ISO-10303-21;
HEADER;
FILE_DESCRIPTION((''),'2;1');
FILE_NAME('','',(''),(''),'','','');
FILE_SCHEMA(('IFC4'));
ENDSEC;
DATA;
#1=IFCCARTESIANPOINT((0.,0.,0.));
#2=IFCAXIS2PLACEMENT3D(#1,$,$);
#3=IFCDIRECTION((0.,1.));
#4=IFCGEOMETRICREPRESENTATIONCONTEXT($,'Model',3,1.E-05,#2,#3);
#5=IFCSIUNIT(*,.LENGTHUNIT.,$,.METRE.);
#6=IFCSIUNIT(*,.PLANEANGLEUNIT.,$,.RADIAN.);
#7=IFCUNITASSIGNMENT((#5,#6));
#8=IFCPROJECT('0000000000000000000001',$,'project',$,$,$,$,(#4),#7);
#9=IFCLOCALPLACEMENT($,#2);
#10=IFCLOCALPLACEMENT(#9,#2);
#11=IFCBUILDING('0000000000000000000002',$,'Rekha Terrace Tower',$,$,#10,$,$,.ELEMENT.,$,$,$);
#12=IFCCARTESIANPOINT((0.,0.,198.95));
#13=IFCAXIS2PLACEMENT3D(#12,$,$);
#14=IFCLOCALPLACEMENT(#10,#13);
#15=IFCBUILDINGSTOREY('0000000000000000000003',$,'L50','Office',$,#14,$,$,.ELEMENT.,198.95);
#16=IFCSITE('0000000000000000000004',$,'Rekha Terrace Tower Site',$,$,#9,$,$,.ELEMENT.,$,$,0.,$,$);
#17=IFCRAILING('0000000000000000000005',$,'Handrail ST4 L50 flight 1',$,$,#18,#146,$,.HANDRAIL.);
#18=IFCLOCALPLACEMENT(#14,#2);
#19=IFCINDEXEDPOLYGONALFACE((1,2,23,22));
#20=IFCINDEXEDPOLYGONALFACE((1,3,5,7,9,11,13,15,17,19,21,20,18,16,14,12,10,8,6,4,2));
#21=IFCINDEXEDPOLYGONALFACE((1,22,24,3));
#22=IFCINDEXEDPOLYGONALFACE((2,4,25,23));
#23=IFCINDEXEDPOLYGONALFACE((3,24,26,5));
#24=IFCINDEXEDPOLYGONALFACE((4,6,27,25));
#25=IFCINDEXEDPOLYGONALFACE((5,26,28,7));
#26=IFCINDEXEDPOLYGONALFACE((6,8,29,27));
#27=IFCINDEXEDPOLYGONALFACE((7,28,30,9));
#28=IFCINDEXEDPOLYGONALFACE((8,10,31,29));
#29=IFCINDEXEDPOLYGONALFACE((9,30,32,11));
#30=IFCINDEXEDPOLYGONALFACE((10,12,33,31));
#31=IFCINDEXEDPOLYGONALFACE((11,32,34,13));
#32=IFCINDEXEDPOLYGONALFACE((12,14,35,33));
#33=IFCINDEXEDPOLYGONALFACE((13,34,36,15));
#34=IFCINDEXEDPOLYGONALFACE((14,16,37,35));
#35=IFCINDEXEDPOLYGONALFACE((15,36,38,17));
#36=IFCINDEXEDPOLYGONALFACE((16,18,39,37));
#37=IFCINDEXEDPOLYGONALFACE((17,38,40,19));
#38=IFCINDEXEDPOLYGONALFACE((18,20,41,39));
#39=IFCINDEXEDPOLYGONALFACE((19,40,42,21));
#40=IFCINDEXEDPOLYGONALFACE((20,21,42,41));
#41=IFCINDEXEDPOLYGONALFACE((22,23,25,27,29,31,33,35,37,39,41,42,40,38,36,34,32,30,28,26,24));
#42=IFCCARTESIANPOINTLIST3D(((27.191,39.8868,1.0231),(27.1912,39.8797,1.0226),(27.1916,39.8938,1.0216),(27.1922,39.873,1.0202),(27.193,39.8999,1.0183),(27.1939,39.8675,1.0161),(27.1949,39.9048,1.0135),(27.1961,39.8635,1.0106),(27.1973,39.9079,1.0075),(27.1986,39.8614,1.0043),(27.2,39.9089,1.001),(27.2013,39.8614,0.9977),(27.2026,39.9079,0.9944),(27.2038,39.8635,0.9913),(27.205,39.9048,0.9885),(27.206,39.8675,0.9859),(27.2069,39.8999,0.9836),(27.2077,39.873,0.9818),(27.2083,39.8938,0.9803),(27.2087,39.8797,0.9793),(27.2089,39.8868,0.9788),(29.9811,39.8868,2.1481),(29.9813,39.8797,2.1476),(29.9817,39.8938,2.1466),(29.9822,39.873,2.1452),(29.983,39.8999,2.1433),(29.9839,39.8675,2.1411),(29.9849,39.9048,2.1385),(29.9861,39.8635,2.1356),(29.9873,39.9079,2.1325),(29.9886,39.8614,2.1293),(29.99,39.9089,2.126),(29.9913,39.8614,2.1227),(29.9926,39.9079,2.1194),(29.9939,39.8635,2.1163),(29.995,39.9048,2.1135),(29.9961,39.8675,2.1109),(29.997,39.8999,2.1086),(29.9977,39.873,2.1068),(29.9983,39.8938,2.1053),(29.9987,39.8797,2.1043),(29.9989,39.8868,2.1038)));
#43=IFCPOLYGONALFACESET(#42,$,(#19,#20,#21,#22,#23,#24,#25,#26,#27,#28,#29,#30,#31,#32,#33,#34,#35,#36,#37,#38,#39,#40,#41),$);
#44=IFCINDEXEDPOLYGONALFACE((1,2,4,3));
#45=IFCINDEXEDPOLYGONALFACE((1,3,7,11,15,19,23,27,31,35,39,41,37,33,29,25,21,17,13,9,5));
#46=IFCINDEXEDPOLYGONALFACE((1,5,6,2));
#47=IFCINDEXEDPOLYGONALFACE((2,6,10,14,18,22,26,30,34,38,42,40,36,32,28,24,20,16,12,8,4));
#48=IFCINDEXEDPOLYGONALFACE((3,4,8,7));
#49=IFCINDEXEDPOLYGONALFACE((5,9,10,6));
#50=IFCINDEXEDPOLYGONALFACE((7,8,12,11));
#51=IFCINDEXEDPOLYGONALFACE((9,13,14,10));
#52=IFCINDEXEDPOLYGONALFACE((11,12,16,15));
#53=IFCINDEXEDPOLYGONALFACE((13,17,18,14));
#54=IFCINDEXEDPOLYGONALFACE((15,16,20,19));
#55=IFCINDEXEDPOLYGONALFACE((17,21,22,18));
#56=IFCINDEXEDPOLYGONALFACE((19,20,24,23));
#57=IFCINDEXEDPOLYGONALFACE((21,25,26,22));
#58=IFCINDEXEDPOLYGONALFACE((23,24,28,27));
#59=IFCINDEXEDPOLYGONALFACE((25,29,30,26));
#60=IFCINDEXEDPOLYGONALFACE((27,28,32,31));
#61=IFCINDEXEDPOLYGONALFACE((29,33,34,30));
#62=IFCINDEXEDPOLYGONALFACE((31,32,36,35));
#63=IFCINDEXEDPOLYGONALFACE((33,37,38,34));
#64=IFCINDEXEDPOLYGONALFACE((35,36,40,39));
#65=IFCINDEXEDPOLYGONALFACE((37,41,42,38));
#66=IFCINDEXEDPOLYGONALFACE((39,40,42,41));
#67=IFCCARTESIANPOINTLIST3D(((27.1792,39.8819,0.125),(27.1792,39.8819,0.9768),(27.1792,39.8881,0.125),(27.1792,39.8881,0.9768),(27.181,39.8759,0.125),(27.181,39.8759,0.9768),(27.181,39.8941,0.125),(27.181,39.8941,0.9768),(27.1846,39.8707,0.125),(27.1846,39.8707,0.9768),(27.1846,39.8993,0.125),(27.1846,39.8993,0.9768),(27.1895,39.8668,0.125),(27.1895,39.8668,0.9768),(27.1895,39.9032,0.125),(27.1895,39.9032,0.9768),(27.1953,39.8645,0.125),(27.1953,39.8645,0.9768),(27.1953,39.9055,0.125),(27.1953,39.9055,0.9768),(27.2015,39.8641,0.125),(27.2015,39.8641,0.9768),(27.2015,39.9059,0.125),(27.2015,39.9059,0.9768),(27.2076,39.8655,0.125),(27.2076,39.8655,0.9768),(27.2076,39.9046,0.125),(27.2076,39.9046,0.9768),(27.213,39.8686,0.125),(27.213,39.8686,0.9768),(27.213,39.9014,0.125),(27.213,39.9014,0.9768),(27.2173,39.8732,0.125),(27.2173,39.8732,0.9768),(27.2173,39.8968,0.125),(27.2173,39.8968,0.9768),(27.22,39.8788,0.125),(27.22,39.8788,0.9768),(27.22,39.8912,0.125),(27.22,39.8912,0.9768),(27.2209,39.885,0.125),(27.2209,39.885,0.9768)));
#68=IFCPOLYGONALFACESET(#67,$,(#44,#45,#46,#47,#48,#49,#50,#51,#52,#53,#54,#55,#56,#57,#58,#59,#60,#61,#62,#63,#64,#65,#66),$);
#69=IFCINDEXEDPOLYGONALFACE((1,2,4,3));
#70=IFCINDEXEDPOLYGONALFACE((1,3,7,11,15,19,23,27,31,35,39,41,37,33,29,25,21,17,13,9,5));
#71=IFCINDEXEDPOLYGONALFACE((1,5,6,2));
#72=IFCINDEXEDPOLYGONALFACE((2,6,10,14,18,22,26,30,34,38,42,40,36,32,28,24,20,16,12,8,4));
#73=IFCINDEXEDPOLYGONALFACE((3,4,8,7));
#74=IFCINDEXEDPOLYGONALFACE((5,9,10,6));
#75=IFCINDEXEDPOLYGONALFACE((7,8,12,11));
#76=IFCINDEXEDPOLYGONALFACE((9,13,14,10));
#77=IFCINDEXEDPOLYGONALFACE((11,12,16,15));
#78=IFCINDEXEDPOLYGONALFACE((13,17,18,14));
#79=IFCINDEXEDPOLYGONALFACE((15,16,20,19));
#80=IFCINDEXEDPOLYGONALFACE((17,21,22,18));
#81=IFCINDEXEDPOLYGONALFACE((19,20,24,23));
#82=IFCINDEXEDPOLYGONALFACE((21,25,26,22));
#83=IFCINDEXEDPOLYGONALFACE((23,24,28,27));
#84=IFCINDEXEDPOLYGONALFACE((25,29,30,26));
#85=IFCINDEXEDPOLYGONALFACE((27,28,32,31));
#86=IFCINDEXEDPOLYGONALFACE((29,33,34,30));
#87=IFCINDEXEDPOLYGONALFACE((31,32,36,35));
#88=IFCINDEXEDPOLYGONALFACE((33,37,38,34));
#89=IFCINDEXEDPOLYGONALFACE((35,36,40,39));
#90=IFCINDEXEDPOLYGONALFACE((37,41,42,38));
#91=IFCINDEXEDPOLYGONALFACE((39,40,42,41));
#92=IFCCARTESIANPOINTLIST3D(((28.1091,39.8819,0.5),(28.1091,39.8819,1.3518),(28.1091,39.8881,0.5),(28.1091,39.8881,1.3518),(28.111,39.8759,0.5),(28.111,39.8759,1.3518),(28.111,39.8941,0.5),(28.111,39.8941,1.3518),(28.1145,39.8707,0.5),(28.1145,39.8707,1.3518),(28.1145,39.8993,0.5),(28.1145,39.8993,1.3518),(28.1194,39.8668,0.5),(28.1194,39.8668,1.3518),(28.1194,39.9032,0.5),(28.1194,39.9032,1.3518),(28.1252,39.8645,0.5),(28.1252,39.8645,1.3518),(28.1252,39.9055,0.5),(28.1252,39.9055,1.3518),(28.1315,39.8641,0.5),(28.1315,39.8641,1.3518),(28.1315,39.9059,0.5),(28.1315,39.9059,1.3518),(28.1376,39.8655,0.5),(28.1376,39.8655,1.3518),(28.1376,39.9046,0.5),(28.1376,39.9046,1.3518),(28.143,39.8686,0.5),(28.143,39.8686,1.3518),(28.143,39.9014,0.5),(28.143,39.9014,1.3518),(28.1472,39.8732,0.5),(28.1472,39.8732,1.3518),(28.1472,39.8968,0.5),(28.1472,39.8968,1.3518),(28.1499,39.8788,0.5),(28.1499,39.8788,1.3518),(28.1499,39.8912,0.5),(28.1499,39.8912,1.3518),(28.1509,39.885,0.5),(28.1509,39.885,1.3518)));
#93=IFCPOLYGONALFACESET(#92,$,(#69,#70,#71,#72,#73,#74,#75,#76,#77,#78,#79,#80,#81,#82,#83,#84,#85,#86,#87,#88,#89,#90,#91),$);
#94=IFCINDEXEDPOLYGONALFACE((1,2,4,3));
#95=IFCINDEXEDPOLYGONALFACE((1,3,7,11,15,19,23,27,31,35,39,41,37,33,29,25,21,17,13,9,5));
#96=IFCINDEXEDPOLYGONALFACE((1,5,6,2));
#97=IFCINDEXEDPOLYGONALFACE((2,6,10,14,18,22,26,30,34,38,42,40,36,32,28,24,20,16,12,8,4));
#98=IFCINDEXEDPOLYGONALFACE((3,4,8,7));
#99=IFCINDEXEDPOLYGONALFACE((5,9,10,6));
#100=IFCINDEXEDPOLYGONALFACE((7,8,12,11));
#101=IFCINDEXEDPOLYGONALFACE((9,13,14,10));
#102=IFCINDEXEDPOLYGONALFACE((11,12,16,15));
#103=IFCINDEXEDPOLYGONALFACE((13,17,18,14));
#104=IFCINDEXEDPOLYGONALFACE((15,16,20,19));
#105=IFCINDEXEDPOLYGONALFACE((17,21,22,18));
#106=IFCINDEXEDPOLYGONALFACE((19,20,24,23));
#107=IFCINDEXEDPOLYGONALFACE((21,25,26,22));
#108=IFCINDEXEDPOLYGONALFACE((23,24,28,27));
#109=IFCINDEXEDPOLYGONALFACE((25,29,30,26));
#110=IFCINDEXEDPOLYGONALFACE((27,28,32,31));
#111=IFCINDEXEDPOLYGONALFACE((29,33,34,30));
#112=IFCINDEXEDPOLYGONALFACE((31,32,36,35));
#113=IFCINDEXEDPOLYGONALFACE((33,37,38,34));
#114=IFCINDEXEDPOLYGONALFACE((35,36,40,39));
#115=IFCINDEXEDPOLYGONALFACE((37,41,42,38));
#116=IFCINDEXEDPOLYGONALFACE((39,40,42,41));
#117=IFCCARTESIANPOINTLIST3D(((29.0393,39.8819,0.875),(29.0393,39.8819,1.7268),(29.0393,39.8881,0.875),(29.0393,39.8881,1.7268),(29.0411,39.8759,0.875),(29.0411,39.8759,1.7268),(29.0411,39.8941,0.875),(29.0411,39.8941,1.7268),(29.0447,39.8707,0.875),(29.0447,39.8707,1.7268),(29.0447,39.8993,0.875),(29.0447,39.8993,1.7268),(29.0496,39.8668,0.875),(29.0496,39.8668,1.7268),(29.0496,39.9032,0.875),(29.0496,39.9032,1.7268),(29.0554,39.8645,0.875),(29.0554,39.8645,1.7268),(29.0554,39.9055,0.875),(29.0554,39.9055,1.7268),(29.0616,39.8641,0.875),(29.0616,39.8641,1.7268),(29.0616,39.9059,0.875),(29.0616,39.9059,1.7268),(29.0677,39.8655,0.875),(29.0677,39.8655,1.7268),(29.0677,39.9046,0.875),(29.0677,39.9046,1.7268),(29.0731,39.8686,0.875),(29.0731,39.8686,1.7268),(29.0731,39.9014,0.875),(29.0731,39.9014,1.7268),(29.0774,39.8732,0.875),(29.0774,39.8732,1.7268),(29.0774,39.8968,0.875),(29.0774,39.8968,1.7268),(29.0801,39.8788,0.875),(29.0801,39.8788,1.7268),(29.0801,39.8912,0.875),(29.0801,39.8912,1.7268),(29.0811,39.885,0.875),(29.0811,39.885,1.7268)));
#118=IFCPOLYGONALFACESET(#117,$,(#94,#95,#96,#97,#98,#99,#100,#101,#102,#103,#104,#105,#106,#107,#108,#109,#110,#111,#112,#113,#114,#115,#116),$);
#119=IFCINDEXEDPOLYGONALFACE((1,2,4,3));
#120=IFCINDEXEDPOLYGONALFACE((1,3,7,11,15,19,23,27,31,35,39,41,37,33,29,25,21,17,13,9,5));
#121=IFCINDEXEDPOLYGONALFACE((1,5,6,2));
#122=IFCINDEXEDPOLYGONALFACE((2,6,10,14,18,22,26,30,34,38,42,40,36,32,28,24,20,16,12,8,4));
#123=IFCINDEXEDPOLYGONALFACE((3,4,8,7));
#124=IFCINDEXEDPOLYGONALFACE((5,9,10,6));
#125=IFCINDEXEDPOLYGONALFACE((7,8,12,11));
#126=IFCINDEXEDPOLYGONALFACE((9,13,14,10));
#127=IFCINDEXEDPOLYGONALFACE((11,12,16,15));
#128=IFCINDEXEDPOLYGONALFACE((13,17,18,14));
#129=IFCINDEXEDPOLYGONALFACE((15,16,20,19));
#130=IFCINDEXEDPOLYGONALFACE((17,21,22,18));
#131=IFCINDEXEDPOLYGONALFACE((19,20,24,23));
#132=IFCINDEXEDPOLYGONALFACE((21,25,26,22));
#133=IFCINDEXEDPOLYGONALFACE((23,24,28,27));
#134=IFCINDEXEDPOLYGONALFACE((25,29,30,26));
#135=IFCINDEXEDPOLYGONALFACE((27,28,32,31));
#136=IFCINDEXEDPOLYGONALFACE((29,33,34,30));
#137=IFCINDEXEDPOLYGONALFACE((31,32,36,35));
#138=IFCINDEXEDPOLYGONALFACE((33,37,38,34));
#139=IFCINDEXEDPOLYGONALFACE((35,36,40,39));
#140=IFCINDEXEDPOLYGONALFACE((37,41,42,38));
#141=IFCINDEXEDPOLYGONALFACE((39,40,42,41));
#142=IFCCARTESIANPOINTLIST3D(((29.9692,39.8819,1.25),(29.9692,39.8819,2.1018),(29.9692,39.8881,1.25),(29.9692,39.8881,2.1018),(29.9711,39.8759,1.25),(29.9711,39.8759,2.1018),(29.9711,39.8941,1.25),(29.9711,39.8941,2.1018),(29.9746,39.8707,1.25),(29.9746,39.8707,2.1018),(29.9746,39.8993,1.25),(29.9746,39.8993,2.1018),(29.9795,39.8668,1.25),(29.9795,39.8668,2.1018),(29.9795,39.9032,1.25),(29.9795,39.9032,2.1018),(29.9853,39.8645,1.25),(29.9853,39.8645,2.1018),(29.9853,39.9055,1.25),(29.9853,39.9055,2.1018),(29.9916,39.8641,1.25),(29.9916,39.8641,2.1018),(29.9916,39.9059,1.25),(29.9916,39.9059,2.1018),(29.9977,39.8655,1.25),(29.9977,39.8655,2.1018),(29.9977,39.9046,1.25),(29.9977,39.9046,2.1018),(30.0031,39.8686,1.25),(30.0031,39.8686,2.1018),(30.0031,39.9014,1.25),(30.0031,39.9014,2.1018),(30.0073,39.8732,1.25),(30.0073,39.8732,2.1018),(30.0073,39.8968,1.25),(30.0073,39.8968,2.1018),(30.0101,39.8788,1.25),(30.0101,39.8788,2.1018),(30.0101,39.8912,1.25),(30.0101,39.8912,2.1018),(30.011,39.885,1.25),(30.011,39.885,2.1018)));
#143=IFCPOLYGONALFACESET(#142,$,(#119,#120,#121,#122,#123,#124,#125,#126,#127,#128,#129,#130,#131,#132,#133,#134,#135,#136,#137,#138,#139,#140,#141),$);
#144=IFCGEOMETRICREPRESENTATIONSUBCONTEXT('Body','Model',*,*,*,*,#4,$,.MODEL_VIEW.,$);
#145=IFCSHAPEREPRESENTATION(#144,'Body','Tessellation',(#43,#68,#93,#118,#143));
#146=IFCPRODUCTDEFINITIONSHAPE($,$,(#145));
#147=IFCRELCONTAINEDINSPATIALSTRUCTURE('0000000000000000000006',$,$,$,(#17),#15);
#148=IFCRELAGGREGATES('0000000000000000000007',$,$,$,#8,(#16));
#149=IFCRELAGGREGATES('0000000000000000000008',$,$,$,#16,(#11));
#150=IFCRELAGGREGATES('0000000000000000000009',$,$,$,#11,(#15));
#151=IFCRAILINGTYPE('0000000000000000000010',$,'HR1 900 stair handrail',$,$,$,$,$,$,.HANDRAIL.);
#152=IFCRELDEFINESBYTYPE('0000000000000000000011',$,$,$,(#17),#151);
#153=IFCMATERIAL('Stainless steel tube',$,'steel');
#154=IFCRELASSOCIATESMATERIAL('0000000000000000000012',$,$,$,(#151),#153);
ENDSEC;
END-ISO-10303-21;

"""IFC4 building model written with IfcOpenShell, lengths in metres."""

from ifc_helpers import new_model, si_unit, direction, frame, origin, origin_2d, place, context, subcontext, project, spatial, circle, extrude, material, type_object, element, save


model = new_model("IFC4")

# Units and contexts
model_context = context("Model", 3, precision=1e-05, world=origin(), true_north=direction((0.0, 1.0)))
body_context = subcontext(model_context, "Body", "Model", "MODEL_VIEW")
ifc_project = project(units=[si_unit("LENGTHUNIT", "METRE"), si_unit("PLANEANGLEUNIT", "RADIAN")], contexts=[model_context])

# Site, building, storey
site_placement = place(None, origin())
site = spatial("IfcSite", under=ifc_project, at=site_placement, Name="Rekha Terrace Tower Site", CompositionType="ELEMENT", RefElevation=0.0)
building_placement = place(site_placement, origin())
building = spatial("IfcBuilding", under=site, at=building_placement, Name="Rekha Terrace Tower", CompositionType="ELEMENT")
storey_placement = place(building_placement, frame((0.0, 0.0, 198.95)))
storey = spatial("IfcBuildingStorey", under=building, at=storey_placement, Name="L50", Description="Office", CompositionType="ELEMENT", Elevation=198.95)

# Railing
ifc_material_1 = material(Name="Stainless steel tube", Category="steel")
railing_type_1 = type_object("IfcRailingType", Name="HR1 900 stair handrail", PredefinedType="HANDRAIL", material=ifc_material_1)
railing_1_placement = place(storey_placement, frame((27.2, 39.885, 0.125)))
element("IfcRailing", 1, at=railing_1_placement, inside=storey, type_object=railing_type_1, Name="Handrail ST4 L50 flight 1", PredefinedType="HANDRAIL", context=body_context, shape_type="SweptSolid", body=[
    extrude(circle(Radius=0.0239, at=origin_2d()), frame((0.0, 0.0, 0.876), z_axis=(0.927443, 0.0, 0.373964), x_axis=(0.0, 1.0, 0.0)), (0.0, 0.0, 1.0), 3.0083),
    extrude(circle(Radius=0.021, at=origin_2d()), origin(), (0.0, 0.0, 1.0), 0.8518),
    extrude(circle(Radius=0.021, at=origin_2d()), frame((0.9299, 0.0, 0.375)), (0.0, 0.0, 1.0), 0.8518),
    extrude(circle(Radius=0.021, at=origin_2d()), frame((1.8601, 0.0, 0.75)), (0.0, 0.0, 1.0), 0.8518),
    extrude(circle(Radius=0.021, at=origin_2d()), frame((2.79, 0.0, 1.125)), (0.0, 0.0, 1.0), 0.8518),
])

save(model, "model.ifc")
